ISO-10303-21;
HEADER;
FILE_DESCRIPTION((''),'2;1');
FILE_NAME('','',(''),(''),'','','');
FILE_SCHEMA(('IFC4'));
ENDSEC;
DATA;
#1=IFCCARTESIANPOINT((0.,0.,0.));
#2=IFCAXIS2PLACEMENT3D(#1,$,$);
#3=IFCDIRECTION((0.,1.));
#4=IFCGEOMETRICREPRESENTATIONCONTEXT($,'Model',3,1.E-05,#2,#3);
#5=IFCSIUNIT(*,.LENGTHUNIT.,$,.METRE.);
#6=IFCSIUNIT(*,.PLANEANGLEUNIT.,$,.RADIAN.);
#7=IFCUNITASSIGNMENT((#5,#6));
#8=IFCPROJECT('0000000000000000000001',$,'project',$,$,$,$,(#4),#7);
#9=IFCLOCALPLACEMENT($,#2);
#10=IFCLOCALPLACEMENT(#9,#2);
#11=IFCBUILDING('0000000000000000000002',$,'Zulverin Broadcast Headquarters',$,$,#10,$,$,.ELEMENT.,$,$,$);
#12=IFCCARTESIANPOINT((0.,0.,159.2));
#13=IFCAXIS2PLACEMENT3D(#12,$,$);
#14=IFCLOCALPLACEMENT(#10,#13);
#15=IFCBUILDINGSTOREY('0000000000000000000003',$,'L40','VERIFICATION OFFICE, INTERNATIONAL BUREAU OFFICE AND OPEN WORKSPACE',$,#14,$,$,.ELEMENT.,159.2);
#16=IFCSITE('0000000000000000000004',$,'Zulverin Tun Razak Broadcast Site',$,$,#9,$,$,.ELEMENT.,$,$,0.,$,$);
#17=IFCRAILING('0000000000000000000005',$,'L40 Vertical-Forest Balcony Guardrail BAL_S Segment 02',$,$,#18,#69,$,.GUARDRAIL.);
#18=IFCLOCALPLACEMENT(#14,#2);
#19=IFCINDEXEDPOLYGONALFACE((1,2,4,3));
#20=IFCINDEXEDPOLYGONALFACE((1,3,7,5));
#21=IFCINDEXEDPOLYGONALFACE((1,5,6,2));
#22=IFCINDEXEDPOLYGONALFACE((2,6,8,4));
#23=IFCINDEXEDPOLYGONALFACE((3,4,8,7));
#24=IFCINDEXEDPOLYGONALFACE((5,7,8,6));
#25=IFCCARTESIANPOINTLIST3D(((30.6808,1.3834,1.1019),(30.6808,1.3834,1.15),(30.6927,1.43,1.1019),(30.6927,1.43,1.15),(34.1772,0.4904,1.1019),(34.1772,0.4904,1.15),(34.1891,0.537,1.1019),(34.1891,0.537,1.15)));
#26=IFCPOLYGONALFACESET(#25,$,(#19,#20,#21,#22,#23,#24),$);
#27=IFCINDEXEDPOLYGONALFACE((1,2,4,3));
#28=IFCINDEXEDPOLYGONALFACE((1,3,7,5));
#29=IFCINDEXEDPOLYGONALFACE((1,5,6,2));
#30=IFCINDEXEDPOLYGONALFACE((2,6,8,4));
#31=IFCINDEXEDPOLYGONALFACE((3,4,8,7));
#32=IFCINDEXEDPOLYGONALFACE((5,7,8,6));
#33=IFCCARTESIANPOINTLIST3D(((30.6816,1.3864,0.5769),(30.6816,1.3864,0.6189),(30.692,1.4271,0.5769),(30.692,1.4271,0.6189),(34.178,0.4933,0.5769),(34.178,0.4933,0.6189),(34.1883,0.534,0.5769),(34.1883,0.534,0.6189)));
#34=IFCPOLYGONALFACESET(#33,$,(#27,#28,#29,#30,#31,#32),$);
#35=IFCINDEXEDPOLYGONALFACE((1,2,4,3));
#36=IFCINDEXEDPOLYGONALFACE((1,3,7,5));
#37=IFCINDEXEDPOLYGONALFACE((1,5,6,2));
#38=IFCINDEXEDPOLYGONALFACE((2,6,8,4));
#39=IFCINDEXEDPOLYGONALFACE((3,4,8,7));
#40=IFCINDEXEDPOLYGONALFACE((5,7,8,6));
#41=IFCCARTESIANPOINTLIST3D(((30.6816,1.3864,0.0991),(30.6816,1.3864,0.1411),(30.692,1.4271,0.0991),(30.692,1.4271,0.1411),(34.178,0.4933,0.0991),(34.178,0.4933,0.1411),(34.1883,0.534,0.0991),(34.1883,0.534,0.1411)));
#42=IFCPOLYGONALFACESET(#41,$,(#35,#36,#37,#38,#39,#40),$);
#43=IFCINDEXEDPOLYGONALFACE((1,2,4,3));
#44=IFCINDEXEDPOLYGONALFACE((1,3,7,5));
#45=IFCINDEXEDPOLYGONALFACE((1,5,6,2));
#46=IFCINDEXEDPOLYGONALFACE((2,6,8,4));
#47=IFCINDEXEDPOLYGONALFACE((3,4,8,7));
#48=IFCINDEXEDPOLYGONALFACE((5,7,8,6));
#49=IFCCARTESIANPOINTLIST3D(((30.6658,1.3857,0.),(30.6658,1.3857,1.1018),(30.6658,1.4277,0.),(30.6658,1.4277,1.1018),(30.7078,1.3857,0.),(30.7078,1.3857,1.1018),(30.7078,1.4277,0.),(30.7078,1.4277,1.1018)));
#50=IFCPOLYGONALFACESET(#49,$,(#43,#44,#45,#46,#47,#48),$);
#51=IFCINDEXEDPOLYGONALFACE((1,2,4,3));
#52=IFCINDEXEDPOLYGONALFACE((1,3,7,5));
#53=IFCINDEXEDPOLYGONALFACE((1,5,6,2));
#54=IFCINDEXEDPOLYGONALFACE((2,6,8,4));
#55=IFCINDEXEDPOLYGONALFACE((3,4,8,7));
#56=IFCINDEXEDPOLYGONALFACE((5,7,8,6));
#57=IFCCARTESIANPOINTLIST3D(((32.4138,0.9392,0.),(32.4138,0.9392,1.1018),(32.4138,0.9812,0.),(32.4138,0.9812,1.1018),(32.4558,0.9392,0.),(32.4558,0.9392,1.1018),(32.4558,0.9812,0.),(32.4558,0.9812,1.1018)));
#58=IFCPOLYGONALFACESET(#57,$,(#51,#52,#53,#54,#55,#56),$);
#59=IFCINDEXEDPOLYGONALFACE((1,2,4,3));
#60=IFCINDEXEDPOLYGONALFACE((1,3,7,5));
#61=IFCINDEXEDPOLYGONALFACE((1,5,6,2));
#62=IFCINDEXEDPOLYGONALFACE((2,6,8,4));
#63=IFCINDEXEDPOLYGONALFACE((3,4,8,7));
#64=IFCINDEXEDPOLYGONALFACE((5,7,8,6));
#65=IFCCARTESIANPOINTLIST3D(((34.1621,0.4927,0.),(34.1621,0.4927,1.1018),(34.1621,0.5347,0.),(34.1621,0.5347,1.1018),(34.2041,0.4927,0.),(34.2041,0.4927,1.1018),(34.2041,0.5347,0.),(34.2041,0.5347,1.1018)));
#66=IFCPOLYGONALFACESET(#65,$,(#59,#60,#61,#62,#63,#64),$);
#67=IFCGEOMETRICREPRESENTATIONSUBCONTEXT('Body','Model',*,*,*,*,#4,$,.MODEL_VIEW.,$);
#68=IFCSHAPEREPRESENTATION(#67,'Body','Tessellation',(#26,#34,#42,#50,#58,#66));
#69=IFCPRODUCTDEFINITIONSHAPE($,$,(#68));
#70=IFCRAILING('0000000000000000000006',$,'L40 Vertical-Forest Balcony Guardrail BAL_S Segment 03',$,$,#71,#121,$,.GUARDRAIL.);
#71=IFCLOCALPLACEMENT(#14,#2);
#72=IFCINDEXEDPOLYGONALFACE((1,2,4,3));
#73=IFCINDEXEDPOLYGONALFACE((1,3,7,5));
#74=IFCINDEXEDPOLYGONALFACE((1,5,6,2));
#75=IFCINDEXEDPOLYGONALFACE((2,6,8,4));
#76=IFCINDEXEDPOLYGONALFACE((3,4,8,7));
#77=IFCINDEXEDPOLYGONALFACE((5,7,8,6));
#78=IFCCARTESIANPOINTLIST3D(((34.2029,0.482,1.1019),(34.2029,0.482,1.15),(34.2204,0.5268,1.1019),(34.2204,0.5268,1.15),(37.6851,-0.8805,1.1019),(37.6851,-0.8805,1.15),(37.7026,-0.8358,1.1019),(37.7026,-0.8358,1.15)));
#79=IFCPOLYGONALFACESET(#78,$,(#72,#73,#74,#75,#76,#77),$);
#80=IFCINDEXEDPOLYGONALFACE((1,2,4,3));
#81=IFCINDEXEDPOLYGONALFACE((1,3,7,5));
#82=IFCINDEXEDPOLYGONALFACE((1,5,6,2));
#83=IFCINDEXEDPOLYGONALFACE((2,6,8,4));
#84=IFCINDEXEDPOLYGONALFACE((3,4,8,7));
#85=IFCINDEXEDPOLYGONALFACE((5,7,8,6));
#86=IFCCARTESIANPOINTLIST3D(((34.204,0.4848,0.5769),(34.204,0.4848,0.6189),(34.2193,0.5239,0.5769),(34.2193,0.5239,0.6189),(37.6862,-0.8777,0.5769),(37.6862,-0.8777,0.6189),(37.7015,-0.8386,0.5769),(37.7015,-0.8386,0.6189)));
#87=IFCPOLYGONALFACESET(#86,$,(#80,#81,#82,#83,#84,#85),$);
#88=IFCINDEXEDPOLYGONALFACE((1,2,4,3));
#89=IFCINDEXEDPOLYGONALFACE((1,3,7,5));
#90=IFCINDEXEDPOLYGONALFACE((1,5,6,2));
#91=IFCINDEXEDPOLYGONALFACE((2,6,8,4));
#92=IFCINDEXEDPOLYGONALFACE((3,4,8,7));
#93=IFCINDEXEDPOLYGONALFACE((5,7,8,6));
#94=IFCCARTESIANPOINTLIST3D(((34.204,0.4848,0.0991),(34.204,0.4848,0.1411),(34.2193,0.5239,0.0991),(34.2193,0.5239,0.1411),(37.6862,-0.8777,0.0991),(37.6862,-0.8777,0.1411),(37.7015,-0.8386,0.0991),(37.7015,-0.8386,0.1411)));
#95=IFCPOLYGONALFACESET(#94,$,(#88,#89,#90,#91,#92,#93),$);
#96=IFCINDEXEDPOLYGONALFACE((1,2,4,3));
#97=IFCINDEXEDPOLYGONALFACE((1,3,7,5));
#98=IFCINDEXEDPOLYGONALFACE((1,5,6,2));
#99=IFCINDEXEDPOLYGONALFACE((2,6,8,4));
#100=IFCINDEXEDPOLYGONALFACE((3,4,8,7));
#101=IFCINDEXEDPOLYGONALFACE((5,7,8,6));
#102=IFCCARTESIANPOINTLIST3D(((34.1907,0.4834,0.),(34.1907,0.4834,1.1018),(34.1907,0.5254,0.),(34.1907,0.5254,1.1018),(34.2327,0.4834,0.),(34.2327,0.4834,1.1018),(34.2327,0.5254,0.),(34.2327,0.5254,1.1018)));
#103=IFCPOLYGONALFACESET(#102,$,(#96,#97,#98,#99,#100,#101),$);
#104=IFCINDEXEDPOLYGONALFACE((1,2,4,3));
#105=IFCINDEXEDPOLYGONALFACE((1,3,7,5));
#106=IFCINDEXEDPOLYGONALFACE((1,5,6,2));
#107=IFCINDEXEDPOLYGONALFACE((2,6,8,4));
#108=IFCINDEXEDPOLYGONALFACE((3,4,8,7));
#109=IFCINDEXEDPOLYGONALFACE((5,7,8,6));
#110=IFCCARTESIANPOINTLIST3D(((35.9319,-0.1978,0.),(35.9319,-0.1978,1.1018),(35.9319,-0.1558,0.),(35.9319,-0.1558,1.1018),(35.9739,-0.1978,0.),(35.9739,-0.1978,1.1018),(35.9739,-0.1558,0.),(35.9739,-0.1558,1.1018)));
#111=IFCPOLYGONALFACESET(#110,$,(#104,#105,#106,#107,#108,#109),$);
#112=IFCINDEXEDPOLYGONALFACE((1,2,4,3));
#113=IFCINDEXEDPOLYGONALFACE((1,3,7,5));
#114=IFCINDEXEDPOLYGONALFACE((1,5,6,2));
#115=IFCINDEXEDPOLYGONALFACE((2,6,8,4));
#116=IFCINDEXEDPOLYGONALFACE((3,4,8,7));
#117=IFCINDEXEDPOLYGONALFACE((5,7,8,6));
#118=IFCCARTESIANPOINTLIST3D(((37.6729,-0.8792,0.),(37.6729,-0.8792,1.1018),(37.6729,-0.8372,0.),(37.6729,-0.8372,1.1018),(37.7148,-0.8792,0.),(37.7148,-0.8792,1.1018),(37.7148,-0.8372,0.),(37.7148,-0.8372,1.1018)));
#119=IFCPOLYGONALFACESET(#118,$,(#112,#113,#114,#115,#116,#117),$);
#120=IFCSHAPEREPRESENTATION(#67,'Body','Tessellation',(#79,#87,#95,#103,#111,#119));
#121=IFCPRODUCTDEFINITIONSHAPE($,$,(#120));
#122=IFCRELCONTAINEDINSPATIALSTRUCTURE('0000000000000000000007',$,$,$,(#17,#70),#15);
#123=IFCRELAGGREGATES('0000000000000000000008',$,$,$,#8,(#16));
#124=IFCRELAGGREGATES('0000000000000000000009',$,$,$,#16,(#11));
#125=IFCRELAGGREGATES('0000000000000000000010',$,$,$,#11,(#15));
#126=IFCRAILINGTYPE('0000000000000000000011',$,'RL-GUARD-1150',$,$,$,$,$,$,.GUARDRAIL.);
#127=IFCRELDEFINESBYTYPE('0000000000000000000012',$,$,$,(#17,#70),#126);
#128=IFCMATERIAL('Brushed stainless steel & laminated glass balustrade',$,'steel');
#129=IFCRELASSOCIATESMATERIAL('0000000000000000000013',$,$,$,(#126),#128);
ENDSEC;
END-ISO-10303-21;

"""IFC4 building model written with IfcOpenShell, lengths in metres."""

from ifc_helpers import new_model, si_unit, direction, frame, origin, origin_2d, place, context, subcontext, project, spatial, rectangle, extrude, material, type_object, element, save


model = new_model("IFC4")

# Units and contexts
model_context = context("Model", 3, precision=1e-05, world=origin(), true_north=direction((0.0, 1.0)))
body_context = subcontext(model_context, "Body", "Model", "MODEL_VIEW")
ifc_project = project(units=[si_unit("LENGTHUNIT", "METRE"), si_unit("PLANEANGLEUNIT", "RADIAN")], contexts=[model_context])

# Site, building, storey
site_placement = place(None, origin())
site = spatial("IfcSite", under=ifc_project, at=site_placement, Name="Zulverin Tun Razak Broadcast Site", CompositionType="ELEMENT", RefElevation=0.0)
building_placement = place(site_placement, origin())
building = spatial("IfcBuilding", under=site, at=building_placement, Name="Zulverin Broadcast Headquarters", CompositionType="ELEMENT")
storey_placement = place(building_placement, frame((0.0, 0.0, 159.2)))
storey = spatial("IfcBuildingStorey", under=building, at=storey_placement, Name="L40", Description="VERIFICATION OFFICE, INTERNATIONAL BUREAU OFFICE AND OPEN WORKSPACE", CompositionType="ELEMENT", Elevation=159.2)

# Railings
ifc_material_1 = material(Name="Brushed stainless steel & laminated glass balustrade", Category="steel")
railing_type = type_object("IfcRailingType", Name="RL-GUARD-1150", PredefinedType="GUARDRAIL", material=ifc_material_1)
railing_1_placement = place(storey_placement, frame((30.6868, 1.4067, 0.0)))
element("IfcRailing", 1, at=railing_1_placement, inside=storey, type_object=railing_type, Name="L40 Vertical-Forest Balcony Guardrail BAL_S Segment 02", PredefinedType="GUARDRAIL", context=body_context, shape_type="SweptSolid", body=[
    extrude(rectangle(XDim=0.0481, YDim=0.0481, at=origin_2d()), frame((0.0, 0.0, 1.126), z_axis=(0.968892, -0.247483, 0.0), x_axis=(0.247483, 0.968892, 0.0)), (0.0, 0.0, 1.0), 3.6086),
    extrude(rectangle(XDim=0.042, YDim=0.042, at=origin_2d()), frame((0.0, 0.0, 0.5979), z_axis=(0.968892, -0.247483, 0.0), x_axis=(0.247483, 0.968892, 0.0)), (0.0, 0.0, 1.0), 3.6086),
    extrude(rectangle(XDim=0.042, YDim=0.042, at=origin_2d()), frame((0.0, 0.0, 0.1201), z_axis=(0.968892, -0.247483, 0.0), x_axis=(0.247483, 0.968892, 0.0)), (0.0, 0.0, 1.0), 3.6086),
    extrude(rectangle(XDim=0.042, YDim=0.042, at=origin_2d()), origin(), (0.0, 0.0, 1.0), 1.1018),
    extrude(rectangle(XDim=0.042, YDim=0.042, at=origin_2d()), frame((1.748, -0.4465, 0.0)), (0.0, 0.0, 1.0), 1.1018),
    extrude(rectangle(XDim=0.042, YDim=0.042, at=origin_2d()), frame((3.4963, -0.8931, 0.0)), (0.0, 0.0, 1.0), 1.1018),
])
railing_2_placement = place(storey_placement, frame((34.2117, 0.5044, 0.0)))
element("IfcRailing", 2, at=railing_2_placement, inside=storey, type_object=railing_type, Name="L40 Vertical-Forest Balcony Guardrail BAL_S Segment 03", PredefinedType="GUARDRAIL", context=body_context, shape_type="SweptSolid", body=[
    extrude(rectangle(XDim=0.0481, YDim=0.0481, at=origin_2d()), frame((0.0, 0.0, 1.126), z_axis=(0.931247, -0.36439, 0.0), x_axis=(0.36439, 0.931247, 0.0)), (0.0, 0.0, 1.0), 3.7393),
    extrude(rectangle(XDim=0.042, YDim=0.042, at=origin_2d()), frame((0.0, 0.0, 0.5979), z_axis=(0.931247, -0.36439, 0.0), x_axis=(0.36439, 0.931247, 0.0)), (0.0, 0.0, 1.0), 3.7393),
    extrude(rectangle(XDim=0.042, YDim=0.042, at=origin_2d()), frame((0.0, 0.0, 0.1201), z_axis=(0.931247, -0.36439, 0.0), x_axis=(0.36439, 0.931247, 0.0)), (0.0, 0.0, 1.0), 3.7393),
    extrude(rectangle(XDim=0.042, YDim=0.042, at=origin_2d()), origin(), (0.0, 0.0, 1.0), 1.1018),
    extrude(rectangle(XDim=0.042, YDim=0.042, at=origin_2d()), frame((1.7412, -0.6812, 0.0)), (0.0, 0.0, 1.0), 1.1018),
    extrude(rectangle(XDim=0.042, YDim=0.042, at=origin_2d()), frame((3.4822, -1.3625, 0.0)), (0.0, 0.0, 1.0), 1.1018),
])

save(model, "model.ifc")
